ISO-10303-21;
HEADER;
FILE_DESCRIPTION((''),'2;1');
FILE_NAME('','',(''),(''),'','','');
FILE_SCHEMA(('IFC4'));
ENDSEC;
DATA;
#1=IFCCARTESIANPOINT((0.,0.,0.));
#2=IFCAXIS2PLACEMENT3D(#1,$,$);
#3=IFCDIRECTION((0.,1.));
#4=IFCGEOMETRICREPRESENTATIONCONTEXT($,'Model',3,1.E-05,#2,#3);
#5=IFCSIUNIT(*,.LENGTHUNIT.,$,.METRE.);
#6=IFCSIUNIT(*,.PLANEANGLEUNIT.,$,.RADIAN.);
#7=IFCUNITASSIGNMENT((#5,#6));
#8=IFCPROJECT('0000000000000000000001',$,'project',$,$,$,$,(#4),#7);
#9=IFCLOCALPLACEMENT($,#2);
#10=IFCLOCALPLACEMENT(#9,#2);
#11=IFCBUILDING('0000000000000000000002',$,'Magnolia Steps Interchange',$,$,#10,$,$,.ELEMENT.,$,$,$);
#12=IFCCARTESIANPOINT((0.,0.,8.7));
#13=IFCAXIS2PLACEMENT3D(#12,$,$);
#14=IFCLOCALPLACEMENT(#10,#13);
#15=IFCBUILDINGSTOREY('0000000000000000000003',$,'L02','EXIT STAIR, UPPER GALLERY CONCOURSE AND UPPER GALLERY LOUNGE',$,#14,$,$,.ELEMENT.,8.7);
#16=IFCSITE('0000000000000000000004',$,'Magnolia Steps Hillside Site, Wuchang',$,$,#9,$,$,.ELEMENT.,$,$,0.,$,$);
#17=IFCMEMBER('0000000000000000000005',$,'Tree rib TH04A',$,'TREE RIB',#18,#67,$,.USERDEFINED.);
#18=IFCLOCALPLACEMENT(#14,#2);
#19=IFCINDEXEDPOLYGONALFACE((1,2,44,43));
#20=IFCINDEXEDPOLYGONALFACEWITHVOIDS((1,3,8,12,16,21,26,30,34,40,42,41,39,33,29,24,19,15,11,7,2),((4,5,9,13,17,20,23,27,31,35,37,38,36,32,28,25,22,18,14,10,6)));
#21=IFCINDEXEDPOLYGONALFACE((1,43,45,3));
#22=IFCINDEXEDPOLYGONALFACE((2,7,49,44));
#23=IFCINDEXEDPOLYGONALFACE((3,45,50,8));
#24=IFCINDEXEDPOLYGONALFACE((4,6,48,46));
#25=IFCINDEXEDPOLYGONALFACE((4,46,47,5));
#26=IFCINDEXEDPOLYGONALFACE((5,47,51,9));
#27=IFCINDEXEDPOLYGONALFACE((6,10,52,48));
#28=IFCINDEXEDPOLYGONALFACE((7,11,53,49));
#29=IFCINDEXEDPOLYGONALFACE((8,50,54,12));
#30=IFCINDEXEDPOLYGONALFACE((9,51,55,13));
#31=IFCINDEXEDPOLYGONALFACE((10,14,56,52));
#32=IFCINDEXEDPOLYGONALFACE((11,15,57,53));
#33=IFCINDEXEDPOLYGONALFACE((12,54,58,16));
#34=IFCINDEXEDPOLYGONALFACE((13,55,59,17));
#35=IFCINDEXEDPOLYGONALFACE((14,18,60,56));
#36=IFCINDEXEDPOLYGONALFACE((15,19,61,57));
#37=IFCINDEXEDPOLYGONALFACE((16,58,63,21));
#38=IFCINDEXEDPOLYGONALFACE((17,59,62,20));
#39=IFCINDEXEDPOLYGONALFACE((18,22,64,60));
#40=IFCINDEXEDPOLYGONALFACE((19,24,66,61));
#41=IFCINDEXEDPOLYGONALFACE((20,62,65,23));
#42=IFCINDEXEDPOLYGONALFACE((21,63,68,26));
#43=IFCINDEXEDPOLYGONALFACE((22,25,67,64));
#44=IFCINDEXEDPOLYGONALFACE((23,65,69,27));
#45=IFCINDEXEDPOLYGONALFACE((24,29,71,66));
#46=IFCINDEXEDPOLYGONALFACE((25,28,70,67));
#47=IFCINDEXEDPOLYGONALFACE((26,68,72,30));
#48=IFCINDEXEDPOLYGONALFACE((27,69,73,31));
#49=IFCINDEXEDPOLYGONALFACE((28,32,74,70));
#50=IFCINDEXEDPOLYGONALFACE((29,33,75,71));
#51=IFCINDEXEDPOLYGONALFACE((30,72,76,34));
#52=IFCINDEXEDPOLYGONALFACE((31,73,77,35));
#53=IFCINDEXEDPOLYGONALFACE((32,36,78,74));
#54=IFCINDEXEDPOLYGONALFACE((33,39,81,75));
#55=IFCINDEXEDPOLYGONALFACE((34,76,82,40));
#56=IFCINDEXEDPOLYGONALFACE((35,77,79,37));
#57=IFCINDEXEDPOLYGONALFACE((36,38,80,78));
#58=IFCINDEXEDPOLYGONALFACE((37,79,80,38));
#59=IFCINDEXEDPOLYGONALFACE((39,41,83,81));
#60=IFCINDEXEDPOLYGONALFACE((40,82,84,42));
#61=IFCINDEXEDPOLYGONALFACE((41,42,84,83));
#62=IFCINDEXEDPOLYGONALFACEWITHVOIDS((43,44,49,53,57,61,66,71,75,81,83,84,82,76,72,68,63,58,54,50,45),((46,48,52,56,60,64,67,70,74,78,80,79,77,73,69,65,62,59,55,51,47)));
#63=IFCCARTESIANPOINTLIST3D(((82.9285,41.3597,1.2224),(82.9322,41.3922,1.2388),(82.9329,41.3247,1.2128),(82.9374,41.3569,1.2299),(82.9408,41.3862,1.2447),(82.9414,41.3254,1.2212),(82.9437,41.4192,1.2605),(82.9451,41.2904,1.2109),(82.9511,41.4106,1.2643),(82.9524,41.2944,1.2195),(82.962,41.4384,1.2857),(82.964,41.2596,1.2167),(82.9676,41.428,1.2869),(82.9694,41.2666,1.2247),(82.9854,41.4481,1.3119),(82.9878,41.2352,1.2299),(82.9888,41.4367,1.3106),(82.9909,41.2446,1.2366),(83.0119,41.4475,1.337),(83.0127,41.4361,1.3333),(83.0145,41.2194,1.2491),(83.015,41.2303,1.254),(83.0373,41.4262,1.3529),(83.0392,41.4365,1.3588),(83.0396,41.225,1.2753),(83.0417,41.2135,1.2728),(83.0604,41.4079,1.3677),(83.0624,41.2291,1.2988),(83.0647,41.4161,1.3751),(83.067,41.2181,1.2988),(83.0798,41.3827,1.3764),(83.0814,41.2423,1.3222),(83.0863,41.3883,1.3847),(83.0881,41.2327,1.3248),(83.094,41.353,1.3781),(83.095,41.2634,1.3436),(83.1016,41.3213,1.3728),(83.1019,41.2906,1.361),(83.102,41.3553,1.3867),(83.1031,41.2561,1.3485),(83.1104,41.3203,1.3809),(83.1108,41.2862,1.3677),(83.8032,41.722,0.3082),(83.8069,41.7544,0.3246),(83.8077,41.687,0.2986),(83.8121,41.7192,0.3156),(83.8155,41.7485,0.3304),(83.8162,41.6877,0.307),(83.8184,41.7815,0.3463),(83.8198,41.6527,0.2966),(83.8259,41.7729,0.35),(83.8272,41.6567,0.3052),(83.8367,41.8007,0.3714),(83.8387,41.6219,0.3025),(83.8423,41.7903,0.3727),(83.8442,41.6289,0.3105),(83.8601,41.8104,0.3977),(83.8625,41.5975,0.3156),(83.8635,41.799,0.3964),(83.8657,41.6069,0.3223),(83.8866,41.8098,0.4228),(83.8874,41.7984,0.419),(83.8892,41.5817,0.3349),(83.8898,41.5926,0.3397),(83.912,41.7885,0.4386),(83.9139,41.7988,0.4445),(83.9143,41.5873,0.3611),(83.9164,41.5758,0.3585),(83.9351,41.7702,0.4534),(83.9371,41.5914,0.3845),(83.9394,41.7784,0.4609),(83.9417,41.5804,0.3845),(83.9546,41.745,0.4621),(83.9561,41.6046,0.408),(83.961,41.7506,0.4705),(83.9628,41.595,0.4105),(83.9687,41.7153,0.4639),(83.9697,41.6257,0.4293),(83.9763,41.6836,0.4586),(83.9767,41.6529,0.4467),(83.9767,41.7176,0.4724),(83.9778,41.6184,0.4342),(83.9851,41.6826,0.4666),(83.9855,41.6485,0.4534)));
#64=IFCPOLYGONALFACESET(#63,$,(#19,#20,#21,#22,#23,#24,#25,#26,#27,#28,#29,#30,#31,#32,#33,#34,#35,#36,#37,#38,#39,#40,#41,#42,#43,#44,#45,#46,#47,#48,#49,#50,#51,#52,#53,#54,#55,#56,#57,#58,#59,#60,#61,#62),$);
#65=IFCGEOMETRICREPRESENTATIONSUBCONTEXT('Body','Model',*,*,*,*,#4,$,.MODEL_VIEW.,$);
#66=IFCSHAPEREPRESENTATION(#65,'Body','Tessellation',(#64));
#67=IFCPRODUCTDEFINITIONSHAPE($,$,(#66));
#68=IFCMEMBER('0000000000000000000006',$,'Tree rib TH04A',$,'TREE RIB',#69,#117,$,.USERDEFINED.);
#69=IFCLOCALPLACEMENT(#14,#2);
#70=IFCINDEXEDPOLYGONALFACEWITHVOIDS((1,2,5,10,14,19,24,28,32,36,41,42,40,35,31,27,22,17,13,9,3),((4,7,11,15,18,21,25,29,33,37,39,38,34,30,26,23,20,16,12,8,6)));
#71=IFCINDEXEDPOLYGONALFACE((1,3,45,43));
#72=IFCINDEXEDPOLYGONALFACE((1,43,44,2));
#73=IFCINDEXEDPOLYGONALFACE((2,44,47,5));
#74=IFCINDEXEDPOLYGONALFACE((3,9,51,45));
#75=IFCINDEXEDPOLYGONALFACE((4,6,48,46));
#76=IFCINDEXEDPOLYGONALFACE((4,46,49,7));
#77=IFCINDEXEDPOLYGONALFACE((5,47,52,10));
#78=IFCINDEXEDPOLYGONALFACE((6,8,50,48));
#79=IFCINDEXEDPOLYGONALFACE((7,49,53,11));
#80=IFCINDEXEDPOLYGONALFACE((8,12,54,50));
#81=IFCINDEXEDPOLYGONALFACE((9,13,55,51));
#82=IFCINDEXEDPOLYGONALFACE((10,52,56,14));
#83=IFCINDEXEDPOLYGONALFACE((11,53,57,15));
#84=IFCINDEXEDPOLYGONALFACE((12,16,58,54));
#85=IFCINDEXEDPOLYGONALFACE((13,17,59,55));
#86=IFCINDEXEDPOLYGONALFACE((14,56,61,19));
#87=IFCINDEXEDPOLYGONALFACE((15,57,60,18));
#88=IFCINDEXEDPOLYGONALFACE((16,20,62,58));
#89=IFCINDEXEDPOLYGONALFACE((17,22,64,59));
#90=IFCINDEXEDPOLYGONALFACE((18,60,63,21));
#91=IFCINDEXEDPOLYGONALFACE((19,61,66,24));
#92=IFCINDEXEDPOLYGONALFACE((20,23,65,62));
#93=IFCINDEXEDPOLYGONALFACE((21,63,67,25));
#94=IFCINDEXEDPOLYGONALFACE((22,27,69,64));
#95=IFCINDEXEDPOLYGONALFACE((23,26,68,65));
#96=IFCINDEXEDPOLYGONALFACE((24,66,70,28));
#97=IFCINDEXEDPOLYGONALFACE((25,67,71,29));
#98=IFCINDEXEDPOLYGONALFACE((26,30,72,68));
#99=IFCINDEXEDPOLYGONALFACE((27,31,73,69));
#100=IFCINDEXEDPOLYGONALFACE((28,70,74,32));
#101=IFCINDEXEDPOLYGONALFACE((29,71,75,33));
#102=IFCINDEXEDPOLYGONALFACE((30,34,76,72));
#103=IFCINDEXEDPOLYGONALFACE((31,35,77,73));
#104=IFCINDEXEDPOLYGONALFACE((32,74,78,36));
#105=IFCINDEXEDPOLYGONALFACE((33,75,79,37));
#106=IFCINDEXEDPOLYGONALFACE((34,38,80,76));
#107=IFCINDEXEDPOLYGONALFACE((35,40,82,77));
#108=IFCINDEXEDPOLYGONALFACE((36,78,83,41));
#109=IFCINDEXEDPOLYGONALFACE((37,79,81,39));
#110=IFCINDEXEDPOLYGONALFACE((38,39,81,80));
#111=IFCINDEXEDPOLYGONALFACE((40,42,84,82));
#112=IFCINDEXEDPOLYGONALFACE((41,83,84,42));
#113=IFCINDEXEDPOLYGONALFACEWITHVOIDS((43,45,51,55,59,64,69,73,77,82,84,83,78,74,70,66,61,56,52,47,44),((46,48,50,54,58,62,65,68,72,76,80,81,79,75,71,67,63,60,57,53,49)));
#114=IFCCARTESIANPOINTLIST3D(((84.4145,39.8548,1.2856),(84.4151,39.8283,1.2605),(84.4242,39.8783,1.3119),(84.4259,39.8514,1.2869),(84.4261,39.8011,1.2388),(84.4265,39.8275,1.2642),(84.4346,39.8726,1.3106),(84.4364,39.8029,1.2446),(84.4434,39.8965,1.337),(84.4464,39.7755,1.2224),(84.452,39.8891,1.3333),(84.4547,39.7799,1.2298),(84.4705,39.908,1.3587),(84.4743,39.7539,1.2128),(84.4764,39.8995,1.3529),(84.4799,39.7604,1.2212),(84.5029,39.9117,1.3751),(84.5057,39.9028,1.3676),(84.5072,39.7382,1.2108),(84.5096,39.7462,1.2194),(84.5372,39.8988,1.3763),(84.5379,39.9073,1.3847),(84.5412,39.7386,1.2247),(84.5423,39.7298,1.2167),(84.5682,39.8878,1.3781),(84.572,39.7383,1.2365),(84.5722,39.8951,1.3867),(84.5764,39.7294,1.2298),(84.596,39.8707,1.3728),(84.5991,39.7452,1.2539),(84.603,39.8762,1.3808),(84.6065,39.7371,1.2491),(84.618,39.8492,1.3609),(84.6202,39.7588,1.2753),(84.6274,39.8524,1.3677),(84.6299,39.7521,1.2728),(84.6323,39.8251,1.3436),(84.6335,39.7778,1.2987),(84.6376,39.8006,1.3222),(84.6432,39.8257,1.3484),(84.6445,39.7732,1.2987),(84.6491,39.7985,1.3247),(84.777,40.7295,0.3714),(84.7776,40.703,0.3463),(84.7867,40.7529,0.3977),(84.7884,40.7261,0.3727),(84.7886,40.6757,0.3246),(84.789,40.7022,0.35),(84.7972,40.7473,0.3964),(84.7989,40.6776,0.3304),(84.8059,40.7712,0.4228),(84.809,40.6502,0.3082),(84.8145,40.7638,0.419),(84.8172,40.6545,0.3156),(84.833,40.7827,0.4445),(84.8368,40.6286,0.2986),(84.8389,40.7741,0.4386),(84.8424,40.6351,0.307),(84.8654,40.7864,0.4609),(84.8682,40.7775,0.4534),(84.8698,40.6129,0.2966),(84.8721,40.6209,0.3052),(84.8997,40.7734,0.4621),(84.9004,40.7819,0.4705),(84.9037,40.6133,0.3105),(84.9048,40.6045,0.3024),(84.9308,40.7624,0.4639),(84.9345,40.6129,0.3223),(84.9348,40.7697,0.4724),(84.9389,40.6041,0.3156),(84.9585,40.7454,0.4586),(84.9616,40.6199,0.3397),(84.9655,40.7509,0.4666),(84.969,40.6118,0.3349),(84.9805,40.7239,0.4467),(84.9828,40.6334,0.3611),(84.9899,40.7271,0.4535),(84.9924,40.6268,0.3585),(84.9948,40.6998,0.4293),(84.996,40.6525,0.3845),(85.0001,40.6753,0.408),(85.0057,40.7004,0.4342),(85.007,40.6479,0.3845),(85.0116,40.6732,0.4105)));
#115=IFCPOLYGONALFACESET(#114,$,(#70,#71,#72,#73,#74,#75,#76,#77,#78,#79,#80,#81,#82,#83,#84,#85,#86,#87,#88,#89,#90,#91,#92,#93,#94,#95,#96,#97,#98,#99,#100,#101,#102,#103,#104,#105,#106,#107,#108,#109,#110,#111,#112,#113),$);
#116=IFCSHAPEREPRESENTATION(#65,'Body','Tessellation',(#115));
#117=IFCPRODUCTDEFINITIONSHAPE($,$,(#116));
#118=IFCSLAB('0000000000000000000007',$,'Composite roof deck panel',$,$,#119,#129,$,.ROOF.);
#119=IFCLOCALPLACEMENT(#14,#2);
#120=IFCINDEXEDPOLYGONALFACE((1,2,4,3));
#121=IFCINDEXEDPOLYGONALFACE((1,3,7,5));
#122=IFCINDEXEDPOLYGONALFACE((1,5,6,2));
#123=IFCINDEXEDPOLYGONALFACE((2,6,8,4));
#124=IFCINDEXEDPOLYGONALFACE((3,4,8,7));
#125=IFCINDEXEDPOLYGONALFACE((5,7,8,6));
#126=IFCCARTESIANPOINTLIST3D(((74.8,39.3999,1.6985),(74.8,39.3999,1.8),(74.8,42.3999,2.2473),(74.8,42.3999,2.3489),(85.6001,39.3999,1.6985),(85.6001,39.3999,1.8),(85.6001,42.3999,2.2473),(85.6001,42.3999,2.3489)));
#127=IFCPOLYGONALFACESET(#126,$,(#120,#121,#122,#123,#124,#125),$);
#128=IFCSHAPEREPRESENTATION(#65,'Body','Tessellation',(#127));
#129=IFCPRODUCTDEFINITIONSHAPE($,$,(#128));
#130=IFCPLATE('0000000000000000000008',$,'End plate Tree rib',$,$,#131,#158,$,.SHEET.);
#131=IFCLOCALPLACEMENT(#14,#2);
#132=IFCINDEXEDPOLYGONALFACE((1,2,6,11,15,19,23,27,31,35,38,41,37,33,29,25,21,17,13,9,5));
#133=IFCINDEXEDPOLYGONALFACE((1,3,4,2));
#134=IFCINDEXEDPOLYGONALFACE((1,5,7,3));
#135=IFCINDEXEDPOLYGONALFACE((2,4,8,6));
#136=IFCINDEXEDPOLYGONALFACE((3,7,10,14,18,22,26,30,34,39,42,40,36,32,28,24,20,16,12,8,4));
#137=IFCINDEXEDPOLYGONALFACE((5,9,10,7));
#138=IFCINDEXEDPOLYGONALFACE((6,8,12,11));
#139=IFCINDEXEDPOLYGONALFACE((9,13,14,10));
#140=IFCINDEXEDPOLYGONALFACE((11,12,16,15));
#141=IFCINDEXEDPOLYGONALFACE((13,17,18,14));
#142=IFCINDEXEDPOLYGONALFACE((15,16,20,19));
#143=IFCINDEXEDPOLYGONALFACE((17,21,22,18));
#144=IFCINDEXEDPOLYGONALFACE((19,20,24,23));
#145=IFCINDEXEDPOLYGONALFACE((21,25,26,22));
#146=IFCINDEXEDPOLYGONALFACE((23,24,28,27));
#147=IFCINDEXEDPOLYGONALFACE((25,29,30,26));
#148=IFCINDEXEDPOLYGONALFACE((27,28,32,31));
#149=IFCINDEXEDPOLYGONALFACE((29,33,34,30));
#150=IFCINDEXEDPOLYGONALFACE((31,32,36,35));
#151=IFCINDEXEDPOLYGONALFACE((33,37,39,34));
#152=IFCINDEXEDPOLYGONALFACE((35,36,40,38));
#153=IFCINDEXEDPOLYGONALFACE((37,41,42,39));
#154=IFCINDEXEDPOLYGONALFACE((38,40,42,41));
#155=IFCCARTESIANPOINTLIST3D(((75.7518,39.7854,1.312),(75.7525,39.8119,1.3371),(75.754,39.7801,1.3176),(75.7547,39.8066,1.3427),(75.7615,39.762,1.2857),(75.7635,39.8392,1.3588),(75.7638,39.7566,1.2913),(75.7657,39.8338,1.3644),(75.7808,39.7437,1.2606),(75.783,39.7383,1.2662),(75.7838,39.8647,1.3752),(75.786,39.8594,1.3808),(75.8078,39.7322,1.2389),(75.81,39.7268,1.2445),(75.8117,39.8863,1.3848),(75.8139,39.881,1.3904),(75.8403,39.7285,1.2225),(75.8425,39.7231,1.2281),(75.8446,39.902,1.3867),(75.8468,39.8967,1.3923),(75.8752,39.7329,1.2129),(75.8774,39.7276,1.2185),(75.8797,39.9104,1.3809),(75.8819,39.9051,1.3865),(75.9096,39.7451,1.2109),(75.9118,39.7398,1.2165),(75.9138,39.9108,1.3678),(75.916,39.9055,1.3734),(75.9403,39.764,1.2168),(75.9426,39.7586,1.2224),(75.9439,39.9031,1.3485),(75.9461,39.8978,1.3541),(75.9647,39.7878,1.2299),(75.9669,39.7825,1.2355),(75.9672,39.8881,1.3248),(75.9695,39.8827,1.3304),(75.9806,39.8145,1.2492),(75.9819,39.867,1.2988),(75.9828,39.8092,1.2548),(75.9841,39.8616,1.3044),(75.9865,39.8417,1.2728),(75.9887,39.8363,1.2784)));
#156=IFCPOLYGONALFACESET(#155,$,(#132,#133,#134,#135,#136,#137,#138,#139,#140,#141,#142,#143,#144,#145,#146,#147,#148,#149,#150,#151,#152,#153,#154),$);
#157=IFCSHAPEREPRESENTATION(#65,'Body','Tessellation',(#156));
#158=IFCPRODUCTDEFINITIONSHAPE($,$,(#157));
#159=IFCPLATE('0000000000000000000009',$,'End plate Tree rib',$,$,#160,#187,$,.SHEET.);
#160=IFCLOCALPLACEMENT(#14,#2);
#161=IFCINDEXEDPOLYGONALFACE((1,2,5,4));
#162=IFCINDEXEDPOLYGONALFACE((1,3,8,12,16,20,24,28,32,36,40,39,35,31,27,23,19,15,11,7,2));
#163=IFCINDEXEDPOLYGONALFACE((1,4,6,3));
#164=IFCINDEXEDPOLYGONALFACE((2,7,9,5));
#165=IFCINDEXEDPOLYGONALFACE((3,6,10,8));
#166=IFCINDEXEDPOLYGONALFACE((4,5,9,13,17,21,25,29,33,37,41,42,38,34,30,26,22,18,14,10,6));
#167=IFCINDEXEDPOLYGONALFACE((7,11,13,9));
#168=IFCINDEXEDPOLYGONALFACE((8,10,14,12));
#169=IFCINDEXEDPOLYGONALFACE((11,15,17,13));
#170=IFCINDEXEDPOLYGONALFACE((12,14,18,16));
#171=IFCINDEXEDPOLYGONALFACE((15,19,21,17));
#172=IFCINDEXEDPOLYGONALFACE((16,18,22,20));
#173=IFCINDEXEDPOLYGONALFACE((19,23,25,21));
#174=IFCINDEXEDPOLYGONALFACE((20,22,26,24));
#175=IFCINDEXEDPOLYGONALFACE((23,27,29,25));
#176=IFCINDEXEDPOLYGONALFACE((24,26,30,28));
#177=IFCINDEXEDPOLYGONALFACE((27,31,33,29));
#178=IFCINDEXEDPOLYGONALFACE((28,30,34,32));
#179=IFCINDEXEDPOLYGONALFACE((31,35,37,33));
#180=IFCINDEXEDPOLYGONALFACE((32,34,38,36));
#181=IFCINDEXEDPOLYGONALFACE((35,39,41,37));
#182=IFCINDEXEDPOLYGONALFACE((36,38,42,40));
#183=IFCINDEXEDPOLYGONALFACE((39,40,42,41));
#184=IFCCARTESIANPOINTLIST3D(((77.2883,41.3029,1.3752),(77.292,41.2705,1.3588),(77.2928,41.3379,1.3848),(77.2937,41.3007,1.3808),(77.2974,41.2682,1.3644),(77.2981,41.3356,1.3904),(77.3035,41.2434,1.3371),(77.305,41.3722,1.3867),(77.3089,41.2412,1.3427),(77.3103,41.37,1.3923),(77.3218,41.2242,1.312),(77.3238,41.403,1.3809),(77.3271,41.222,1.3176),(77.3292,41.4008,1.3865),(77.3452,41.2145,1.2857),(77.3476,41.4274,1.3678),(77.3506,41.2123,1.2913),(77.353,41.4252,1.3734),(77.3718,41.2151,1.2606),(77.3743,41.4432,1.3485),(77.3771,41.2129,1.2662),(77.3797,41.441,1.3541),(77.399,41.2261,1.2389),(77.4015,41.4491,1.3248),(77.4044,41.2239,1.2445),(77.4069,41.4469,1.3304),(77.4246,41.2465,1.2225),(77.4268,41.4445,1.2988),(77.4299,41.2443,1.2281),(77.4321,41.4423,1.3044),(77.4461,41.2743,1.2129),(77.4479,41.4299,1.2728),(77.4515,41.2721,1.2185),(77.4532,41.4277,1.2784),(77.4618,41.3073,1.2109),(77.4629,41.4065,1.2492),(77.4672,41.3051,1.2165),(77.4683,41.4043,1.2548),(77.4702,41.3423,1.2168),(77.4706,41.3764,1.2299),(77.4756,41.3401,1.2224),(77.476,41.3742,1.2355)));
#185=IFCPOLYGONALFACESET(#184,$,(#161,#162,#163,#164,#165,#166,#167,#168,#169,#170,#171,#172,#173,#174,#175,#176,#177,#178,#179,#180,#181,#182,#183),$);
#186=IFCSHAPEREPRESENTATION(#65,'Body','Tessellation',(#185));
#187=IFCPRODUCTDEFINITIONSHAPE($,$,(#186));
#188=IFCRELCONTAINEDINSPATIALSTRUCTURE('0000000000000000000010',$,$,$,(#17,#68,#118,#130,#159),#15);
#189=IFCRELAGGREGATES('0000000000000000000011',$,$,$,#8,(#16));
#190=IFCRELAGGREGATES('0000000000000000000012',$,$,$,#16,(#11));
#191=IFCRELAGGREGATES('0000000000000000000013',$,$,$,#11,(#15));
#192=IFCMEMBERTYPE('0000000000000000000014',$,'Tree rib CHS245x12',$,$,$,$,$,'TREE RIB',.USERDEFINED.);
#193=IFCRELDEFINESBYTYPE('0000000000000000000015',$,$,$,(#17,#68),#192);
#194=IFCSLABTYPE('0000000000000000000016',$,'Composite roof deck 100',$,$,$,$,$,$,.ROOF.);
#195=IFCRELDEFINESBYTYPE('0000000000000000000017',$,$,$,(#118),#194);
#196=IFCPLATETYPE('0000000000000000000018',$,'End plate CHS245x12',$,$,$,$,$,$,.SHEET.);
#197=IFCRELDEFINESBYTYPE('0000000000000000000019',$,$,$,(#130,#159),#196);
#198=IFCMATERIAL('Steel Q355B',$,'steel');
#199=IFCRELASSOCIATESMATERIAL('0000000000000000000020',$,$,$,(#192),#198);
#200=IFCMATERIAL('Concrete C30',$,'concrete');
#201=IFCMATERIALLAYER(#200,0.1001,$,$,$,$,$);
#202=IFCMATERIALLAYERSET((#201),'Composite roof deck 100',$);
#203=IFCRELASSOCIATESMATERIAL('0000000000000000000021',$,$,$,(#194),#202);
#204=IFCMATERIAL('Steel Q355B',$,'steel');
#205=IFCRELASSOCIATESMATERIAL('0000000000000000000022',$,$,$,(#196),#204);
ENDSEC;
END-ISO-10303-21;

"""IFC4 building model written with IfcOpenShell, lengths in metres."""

from ifc_helpers import new_model, si_unit, direction, frame, origin, origin_2d, place, context, subcontext, project, spatial, polyline, circle, hollow_circle, outline, extrude, material, layer, layer_set, material_profile, profile_set, type_object, element, save


model = new_model("IFC4")

# Units and contexts
model_context = context("Model", 3, precision=1e-05, world=origin(), true_north=direction((0.0, 1.0)))
body_context = subcontext(model_context, "Body", "Model", "MODEL_VIEW")
ifc_project = project(units=[si_unit("LENGTHUNIT", "METRE"), si_unit("PLANEANGLEUNIT", "RADIAN")], contexts=[model_context])

# Site, building, storey
site_placement = place(None, origin())
site = spatial("IfcSite", under=ifc_project, at=site_placement, Name="Magnolia Steps Hillside Site, Wuchang", CompositionType="ELEMENT", RefElevation=0.0)
building_placement = place(site_placement, origin())
building = spatial("IfcBuilding", under=site, at=building_placement, Name="Magnolia Steps Interchange", CompositionType="ELEMENT")
storey_placement = place(building_placement, frame((0.0, 0.0, 8.7)))
storey = spatial("IfcBuildingStorey", under=building, at=storey_placement, Name="L02", Description="EXIT STAIR, UPPER GALLERY CONCOURSE AND UPPER GALLERY LOUNGE", CompositionType="ELEMENT", Elevation=8.7)

# Members
ifc_material_1 = material(Name="Steel Q355B", Category="steel")
ifc_material_profile_1 = material_profile(ifc_material_1, hollow_circle(Radius=0.1226, WallThickness=0.012, at=origin_2d()), Name="CHS245x12")
ifc_profile_set_1 = profile_set([ifc_material_profile_1], Name="Steel Q355B")
member_type = type_object("IfcMemberType", Name="Tree rib CHS245x12", ElementType="TREE RIB", PredefinedType="USERDEFINED", material=ifc_profile_set_1)
for number, where, z_axis, x_axis, name in (
    (1, (83.8948, 41.6936, 0.3845), (-0.6646, -0.275263, 0.694649), (0.382655, -0.923891, 0.0), "Tree rib TH04A"),
    (2, (84.8938, 40.6948, 0.3845), (-0.275434, -0.664566, 0.694613), (0.9238, -0.382876, 0.0), "Tree rib TH04A"),
):
    element("IfcMember", number, at=place(storey_placement, frame(where, z_axis=z_axis, x_axis=x_axis)), inside=storey, type_object=member_type, Name=name, ObjectType="TREE RIB", PredefinedType="USERDEFINED", context=body_context, shape_type="SweptSolid", body=[
        extrude(hollow_circle(Radius=0.1226, WallThickness=0.012, at=origin_2d()), origin(), (0.0, 0.0, 1.0), 1.3162),
    ])

# Slab
ifc_material_2 = material(Name="Concrete C30", Category="concrete")
ifc_layer_1 = layer(ifc_material_2, 0.1001)
ifc_layer_set_1 = layer_set([ifc_layer_1], Name="Composite roof deck 100")
slab_type = type_object("IfcSlabType", Name="Composite roof deck 100", PredefinedType="ROOF", material=ifc_layer_set_1)
slab_placement = place(storey_placement, frame((85.6001, 39.3999, 1.8), z_axis=(0.0, -0.179956, 0.983675), x_axis=(0.0, 0.983675, 0.179956)))
element("IfcSlab", 3, at=slab_placement, inside=storey, type_object=slab_type, Name="Composite roof deck panel", PredefinedType="ROOF", context=body_context, shape_type="SweptSolid", body=[
    extrude(outline(polyline([(0.0, 0.0), (3.0498, 0.0), (3.0498, 10.8), (0.0, 10.8), (0.0, 0.0)])), origin(), (-0.179956, 0.0, -0.983675), 0.1016),
])

# Plates
ifc_material_3 = material(Name="Steel Q355B", Category="steel")
ifc_material_profile_2 = material_profile(ifc_material_3, circle(Radius=0.1226, at=origin_2d()), Name="End plate CHS245x12")
ifc_profile_set_2 = profile_set([ifc_material_profile_2], Name="Steel Q355B")
plate_type_1 = type_object("IfcPlateType", Name="End plate CHS245x12", PredefinedType="SHEET", material=ifc_profile_set_2)
for number, where, z_axis, x_axis, name in (
    (4, (75.8687, 39.8201, 1.2988), (0.275279, -0.664583, 0.694658), (0.92388, 0.382683, 0.0), "End plate Tree rib"),
    (5, (77.3799, 41.3313, 1.2988), (0.664583, -0.275279, 0.694658), (0.382683, 0.92388, 0.0), "End plate Tree rib"),
):
    element("IfcPlate", number, at=place(storey_placement, frame(where, z_axis=z_axis, x_axis=x_axis)), inside=storey, type_object=plate_type_1, Name=name, PredefinedType="SHEET", context=body_context, shape_type="SweptSolid", body=[
        extrude(circle(Radius=0.1226, at=origin_2d()), origin(), (0.0, 0.0, 1.0), 0.0081),
    ])

save(model, "model.ifc")
